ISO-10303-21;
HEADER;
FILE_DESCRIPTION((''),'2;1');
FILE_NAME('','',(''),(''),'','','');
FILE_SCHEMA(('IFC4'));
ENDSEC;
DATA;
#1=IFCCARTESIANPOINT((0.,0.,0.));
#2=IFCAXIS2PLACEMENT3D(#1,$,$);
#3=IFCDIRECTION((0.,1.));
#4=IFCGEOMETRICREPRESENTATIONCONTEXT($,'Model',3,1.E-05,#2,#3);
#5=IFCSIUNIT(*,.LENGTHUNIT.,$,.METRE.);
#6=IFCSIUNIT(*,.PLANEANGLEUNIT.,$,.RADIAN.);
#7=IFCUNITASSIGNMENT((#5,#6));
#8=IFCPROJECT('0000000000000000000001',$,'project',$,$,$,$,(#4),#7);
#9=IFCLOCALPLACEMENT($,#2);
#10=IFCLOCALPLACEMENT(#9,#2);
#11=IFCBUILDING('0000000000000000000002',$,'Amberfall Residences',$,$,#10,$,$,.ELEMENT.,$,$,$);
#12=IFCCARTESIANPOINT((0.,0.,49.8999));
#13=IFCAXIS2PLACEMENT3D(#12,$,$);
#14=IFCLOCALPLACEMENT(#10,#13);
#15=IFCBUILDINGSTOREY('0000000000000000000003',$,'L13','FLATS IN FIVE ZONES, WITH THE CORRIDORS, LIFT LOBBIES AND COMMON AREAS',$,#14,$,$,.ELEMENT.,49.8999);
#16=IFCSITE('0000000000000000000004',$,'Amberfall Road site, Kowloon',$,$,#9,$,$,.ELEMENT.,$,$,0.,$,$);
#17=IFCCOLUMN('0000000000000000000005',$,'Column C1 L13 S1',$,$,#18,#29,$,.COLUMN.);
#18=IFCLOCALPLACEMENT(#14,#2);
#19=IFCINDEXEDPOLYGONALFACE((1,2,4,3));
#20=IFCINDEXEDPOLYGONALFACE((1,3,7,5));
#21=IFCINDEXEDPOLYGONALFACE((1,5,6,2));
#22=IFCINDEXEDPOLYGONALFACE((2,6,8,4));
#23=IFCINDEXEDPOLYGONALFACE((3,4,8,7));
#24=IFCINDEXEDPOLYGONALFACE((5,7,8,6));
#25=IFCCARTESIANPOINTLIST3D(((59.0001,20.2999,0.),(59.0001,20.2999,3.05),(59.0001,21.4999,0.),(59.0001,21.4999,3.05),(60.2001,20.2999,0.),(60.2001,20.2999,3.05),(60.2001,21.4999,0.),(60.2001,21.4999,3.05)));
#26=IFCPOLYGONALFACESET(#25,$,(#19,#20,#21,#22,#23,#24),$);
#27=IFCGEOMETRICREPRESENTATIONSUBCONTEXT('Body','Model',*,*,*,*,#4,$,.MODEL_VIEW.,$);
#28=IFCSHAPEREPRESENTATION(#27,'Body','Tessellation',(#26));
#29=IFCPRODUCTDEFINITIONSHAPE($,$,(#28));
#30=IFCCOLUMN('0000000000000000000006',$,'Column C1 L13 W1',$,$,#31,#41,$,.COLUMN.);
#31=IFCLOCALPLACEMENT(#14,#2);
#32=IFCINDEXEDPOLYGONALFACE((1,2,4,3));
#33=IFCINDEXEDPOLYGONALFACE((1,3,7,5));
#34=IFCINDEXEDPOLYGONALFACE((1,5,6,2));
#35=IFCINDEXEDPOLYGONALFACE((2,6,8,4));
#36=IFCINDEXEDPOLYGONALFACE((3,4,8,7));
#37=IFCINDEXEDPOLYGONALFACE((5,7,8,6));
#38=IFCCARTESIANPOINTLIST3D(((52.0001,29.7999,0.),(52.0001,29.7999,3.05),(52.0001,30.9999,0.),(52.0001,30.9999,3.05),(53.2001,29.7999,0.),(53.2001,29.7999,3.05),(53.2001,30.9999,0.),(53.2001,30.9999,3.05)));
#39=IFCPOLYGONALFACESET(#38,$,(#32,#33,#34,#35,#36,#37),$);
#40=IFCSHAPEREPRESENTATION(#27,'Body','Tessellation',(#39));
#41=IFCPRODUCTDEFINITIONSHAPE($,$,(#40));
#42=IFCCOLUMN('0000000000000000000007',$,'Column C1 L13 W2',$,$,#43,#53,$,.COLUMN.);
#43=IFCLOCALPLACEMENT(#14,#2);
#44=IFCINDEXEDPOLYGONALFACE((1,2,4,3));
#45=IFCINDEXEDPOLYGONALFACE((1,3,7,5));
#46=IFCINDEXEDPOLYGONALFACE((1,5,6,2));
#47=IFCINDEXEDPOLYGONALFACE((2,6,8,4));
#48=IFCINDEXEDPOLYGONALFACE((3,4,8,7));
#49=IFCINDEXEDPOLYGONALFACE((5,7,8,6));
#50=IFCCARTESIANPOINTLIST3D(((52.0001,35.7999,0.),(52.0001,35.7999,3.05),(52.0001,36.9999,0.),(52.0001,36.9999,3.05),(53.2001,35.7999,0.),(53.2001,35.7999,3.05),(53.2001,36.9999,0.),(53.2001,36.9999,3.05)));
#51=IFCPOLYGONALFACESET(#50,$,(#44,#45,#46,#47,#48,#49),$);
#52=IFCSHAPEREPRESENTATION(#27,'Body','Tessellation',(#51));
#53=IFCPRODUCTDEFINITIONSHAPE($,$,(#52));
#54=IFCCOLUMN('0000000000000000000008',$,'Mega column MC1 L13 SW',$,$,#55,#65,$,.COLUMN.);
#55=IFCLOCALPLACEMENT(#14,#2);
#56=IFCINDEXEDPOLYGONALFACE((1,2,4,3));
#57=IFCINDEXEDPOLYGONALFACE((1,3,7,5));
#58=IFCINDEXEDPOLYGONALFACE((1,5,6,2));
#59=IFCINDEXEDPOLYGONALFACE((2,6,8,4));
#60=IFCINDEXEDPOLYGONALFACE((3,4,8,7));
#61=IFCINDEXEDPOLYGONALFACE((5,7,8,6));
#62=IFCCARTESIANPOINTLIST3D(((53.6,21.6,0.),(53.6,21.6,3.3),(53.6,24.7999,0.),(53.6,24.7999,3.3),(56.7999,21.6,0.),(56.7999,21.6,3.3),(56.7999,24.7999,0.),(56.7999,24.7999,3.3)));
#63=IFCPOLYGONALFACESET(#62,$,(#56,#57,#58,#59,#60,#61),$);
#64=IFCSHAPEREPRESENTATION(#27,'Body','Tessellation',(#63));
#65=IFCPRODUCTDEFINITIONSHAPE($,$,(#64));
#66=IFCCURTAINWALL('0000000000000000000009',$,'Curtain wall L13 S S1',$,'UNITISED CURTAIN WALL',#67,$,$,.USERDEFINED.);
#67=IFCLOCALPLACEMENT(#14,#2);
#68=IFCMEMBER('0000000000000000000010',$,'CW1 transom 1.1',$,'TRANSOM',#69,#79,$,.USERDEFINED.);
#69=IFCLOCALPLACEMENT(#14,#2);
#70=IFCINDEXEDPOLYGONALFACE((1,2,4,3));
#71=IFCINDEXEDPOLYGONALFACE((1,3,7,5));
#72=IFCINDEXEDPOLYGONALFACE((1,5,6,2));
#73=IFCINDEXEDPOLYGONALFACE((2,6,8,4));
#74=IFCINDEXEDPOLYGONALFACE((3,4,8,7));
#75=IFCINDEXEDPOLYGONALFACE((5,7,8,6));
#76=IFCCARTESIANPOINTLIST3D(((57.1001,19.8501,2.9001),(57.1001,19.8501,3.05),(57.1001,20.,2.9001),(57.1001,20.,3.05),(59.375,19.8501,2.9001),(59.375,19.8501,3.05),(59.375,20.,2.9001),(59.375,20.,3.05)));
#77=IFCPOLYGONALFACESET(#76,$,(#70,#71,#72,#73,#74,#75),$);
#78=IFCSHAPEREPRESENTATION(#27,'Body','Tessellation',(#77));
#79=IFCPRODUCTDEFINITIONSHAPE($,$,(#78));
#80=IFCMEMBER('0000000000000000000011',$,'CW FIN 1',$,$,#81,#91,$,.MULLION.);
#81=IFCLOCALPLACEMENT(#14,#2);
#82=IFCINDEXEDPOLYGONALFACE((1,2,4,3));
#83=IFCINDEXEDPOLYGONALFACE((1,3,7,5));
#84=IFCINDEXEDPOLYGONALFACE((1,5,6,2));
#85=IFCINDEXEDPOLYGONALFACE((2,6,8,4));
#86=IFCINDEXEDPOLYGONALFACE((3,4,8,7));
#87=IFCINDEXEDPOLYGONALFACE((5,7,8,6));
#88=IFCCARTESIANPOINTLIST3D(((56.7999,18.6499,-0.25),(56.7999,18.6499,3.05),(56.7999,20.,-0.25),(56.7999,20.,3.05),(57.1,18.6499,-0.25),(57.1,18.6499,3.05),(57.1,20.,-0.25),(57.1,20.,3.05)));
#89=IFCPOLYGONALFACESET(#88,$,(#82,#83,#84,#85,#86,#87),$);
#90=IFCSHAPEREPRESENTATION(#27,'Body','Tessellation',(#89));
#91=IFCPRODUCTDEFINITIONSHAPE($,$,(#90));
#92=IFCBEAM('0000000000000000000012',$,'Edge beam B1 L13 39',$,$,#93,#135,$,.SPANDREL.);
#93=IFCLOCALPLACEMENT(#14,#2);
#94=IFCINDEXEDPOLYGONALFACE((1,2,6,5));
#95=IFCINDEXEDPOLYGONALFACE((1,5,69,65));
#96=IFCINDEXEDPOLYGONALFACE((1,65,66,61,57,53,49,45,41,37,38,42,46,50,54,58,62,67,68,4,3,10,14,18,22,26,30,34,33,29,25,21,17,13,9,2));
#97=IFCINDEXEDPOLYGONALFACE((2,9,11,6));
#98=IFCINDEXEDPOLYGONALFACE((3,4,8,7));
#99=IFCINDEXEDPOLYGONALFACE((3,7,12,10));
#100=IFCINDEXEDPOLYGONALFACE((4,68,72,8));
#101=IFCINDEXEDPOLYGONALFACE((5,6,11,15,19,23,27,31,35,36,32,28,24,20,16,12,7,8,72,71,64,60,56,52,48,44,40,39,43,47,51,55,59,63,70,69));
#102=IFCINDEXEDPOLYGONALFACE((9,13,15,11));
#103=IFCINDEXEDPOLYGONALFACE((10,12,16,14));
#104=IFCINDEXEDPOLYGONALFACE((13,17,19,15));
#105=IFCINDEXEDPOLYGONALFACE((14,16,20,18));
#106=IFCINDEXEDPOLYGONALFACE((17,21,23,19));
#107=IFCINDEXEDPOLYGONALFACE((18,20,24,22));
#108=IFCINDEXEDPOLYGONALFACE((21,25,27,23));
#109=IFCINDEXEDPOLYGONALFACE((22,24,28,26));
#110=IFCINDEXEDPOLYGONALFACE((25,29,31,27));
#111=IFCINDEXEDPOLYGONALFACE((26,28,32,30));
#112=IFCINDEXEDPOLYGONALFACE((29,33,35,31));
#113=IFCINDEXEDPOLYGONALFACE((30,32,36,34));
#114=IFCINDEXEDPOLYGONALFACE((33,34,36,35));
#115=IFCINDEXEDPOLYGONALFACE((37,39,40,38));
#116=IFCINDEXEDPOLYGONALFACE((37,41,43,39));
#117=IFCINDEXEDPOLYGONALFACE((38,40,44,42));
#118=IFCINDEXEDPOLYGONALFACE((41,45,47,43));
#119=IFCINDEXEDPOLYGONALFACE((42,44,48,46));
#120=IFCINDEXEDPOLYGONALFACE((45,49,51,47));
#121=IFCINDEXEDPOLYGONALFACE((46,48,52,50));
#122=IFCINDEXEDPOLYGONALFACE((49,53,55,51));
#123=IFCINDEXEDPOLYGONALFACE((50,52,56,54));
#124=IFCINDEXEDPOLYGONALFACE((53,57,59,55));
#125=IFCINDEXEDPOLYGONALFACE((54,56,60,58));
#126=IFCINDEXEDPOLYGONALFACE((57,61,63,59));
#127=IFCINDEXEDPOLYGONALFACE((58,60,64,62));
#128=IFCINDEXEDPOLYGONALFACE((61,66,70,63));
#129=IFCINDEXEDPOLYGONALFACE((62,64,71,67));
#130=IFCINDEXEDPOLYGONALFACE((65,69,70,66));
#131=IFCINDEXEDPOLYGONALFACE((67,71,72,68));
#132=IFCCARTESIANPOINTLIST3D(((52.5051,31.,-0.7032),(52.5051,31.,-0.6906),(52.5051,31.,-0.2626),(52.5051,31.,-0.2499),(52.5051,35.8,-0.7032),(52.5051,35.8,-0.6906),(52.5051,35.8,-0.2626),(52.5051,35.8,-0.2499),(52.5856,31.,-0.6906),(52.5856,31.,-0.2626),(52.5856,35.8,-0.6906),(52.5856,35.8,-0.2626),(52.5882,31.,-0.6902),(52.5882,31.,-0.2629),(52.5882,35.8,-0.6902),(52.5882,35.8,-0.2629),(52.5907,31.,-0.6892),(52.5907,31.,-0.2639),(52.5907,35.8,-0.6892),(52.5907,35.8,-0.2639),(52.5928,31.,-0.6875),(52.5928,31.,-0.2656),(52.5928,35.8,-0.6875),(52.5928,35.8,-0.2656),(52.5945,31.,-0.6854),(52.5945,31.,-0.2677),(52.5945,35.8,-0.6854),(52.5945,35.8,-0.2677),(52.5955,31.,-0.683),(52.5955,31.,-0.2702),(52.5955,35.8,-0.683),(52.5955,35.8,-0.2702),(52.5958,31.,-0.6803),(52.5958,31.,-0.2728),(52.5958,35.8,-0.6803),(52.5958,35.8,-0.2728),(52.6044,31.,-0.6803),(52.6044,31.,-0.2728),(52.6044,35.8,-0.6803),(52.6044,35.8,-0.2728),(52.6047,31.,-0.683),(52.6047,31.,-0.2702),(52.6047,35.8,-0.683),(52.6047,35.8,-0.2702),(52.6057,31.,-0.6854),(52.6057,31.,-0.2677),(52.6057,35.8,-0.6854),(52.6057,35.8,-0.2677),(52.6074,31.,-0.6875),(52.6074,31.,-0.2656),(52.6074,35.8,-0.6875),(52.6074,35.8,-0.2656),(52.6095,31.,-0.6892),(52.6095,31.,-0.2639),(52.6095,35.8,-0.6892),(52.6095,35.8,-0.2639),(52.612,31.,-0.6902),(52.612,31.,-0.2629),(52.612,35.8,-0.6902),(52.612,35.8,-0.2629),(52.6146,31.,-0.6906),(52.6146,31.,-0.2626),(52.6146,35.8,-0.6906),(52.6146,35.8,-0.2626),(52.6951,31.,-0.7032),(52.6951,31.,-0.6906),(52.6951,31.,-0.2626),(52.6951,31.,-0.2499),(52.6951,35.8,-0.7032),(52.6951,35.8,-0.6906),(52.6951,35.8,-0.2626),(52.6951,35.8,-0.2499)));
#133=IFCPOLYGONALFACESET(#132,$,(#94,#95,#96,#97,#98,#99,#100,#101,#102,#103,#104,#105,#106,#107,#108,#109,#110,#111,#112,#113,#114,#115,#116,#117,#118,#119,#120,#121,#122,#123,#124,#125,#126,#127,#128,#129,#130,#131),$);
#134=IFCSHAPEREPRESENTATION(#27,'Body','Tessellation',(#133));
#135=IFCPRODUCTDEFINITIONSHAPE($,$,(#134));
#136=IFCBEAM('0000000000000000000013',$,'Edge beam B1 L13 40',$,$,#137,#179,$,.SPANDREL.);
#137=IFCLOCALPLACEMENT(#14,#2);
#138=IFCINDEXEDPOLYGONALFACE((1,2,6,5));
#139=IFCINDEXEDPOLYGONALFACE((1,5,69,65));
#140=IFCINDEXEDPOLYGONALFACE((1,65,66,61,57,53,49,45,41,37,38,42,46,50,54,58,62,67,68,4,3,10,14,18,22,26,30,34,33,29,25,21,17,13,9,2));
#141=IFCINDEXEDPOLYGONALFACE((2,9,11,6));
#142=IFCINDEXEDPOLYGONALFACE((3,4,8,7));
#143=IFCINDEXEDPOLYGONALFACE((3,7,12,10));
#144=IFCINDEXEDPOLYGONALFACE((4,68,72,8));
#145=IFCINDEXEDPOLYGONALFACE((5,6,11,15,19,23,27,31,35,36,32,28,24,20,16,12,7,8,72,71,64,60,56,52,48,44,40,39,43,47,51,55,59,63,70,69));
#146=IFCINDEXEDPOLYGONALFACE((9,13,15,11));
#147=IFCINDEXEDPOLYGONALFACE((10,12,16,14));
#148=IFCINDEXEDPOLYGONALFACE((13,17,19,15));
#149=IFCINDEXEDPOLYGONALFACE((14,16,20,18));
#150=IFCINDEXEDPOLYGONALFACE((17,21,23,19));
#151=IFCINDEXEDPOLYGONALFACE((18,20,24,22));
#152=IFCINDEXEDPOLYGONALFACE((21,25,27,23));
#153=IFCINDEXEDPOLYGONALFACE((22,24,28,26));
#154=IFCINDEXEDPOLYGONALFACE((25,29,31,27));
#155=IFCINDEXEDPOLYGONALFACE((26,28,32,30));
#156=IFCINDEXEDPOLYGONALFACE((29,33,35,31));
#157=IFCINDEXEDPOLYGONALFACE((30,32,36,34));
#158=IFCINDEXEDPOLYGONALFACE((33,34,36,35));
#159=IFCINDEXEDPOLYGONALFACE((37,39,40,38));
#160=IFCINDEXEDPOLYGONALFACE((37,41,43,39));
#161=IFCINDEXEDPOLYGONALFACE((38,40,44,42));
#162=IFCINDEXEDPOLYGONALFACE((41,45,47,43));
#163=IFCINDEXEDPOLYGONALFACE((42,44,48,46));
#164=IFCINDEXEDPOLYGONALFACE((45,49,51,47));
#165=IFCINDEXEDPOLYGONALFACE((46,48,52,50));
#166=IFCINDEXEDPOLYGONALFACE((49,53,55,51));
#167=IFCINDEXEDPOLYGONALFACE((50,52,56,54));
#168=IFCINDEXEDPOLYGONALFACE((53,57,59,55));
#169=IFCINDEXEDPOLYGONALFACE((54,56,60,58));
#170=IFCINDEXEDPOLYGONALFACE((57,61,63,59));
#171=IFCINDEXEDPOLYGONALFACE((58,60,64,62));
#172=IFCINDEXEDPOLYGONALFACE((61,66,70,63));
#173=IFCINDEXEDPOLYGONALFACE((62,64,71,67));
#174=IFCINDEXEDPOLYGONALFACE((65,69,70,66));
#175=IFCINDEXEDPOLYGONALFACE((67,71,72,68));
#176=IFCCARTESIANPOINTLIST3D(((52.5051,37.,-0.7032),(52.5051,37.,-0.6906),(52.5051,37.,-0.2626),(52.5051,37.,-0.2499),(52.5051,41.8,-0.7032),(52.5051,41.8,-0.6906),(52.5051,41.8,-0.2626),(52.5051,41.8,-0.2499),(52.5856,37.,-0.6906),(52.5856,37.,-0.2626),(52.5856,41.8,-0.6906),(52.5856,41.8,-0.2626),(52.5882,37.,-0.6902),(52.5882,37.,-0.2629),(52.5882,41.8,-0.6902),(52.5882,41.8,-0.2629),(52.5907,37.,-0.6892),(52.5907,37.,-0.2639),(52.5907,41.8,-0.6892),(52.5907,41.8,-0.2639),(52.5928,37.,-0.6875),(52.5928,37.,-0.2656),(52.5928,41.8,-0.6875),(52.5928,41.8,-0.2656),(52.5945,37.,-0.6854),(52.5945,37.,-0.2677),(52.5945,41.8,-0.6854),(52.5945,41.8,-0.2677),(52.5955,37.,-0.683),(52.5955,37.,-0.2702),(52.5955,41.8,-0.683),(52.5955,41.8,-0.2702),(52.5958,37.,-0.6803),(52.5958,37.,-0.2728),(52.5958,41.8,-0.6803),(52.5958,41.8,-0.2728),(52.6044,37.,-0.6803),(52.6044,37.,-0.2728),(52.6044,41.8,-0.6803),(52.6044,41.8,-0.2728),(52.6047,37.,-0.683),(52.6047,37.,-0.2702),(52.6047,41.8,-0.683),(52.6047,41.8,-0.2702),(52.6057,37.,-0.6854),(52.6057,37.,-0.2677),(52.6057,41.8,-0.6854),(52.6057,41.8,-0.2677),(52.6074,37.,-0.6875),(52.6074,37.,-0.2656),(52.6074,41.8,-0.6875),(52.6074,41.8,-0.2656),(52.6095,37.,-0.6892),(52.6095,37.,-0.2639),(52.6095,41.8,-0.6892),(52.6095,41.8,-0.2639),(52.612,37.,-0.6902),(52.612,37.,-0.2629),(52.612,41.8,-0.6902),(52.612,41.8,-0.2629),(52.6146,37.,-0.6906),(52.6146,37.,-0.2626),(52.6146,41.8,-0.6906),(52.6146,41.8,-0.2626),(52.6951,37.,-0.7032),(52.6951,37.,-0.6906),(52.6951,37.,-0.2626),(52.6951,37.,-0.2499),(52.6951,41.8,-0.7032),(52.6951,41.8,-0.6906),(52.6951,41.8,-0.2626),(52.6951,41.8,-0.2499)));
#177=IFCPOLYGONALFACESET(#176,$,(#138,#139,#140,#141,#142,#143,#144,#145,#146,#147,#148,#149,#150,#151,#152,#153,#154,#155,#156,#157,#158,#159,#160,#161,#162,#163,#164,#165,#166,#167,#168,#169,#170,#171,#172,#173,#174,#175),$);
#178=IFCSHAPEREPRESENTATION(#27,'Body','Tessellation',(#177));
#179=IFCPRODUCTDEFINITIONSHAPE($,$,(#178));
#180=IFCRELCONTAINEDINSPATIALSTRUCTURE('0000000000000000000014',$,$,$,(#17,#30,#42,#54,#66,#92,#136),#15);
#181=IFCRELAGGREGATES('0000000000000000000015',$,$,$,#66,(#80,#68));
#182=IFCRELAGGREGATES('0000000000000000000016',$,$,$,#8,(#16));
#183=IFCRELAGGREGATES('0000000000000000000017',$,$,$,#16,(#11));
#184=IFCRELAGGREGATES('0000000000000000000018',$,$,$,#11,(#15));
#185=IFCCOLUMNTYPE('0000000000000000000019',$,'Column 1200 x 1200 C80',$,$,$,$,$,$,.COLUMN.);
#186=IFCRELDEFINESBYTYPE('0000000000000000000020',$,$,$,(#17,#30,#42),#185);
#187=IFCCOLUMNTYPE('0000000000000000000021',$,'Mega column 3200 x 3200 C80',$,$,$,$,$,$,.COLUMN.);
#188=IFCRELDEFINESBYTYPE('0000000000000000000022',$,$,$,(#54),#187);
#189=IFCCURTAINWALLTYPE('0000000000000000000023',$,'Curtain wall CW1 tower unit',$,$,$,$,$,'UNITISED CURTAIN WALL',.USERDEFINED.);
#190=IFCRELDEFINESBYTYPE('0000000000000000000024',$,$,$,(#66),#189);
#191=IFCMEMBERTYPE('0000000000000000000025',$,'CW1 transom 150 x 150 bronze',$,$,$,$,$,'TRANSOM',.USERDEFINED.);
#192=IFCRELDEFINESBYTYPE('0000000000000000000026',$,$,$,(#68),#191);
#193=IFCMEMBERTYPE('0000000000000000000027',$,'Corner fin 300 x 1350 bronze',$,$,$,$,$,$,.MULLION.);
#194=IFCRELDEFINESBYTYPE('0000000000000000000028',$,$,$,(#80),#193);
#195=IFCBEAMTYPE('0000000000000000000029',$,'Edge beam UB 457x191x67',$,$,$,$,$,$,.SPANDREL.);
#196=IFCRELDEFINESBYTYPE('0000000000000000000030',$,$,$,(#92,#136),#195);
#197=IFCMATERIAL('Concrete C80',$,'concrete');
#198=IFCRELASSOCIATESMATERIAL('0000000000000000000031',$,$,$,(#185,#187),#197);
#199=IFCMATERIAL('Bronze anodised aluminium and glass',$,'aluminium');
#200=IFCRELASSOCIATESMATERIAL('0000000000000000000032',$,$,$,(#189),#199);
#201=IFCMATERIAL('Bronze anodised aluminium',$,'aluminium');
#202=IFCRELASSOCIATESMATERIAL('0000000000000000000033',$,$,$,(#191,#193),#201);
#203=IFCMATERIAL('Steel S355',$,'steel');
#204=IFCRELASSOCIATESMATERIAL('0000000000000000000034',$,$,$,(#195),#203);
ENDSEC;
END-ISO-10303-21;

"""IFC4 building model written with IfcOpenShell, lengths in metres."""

from ifc_helpers import new_model, si_unit, direction, frame, origin, origin_2d, place, context, subcontext, project, spatial, rectangle, i_section, extrude, material, material_profile, profile_set, type_object, element, aggregate, save


model = new_model("IFC4")

# Units and contexts
model_context = context("Model", 3, precision=1e-05, world=origin(), true_north=direction((0.0, 1.0)))
body_context = subcontext(model_context, "Body", "Model", "MODEL_VIEW")
ifc_project = project(units=[si_unit("LENGTHUNIT", "METRE"), si_unit("PLANEANGLEUNIT", "RADIAN")], contexts=[model_context])

# Site, building, storey
site_placement = place(None, origin())
site = spatial("IfcSite", under=ifc_project, at=site_placement, Name="Amberfall Road site, Kowloon", CompositionType="ELEMENT", RefElevation=0.0)
building_placement = place(site_placement, origin())
building = spatial("IfcBuilding", under=site, at=building_placement, Name="Amberfall Residences", CompositionType="ELEMENT")
storey_placement = place(building_placement, frame((0.0, 0.0, 49.8999)))
storey = spatial("IfcBuildingStorey", under=building, at=storey_placement, Name="L13", Description="FLATS IN FIVE ZONES, WITH THE CORRIDORS, LIFT LOBBIES AND COMMON AREAS", CompositionType="ELEMENT", Elevation=49.8999)

# Columns
ifc_material_1 = material(Name="Concrete C80", Category="concrete")
ifc_material_profile_1 = material_profile(ifc_material_1, rectangle(XDim=1.2, YDim=1.2, at=origin_2d()), Name="Column 1200 x 1200 C80")
ifc_profile_set_1 = profile_set([ifc_material_profile_1], Name="Concrete C80")
column_type_1 = type_object("IfcColumnType", Name="Column 1200 x 1200 C80", PredefinedType="COLUMN", material=ifc_profile_set_1)
for number, where, z_axis, x_axis, name in (
    (1, (59.6001, 20.8999, 0.0), (0.0, 0.0, 1.0), (1.0, 0.0, 0.0), "Column C1 L13 S1"),
    (2, (52.6001, 30.3999, 0.0), (0.0, 0.0, 1.0), (1.0, 0.0, 0.0), "Column C1 L13 W1"),
    (3, (52.6001, 36.3999, 0.0), (0.0, 0.0, 1.0), (1.0, 0.0, 0.0), "Column C1 L13 W2"),
):
    element("IfcColumn", number, at=place(storey_placement, frame(where, z_axis=z_axis, x_axis=x_axis)), inside=storey, type_object=column_type_1, Name=name, PredefinedType="COLUMN", context=body_context, shape_type="SweptSolid", body=[
        extrude(rectangle(XDim=1.2, YDim=1.2, at=origin_2d()), origin(), (0.0, 0.0, 1.0), 3.05),
    ])
ifc_material_profile_2 = material_profile(ifc_material_1, rectangle(XDim=3.2, YDim=3.2, at=origin_2d()), Name="Mega column 3200 x 3200 C80")
ifc_profile_set_2 = profile_set([ifc_material_profile_2], Name="Concrete C80")
column_type_2 = type_object("IfcColumnType", Name="Mega column 3200 x 3200 C80", PredefinedType="COLUMN", material=ifc_profile_set_2)
column_placement = place(storey_placement, frame((55.2, 23.2, 0.0), z_axis=(0.0, 0.0, 1.0), x_axis=(1.0, 0.0, 0.0)))
element("IfcColumn", 4, at=column_placement, inside=storey, type_object=column_type_2, Name="Mega column MC1 L13 SW", PredefinedType="COLUMN", context=body_context, shape_type="SweptSolid", body=[
    extrude(rectangle(XDim=3.2, YDim=3.2, at=origin_2d()), origin(), (0.0, 0.0, 1.0), 3.3),
])

# Curtain wall, members
ifc_material_2 = material(Name="Bronze anodised aluminium and glass", Category="aluminium")
curtain_wall_type = type_object("IfcCurtainWallType", Name="Curtain wall CW1 tower unit", ElementType="UNITISED CURTAIN WALL", PredefinedType="USERDEFINED", material=ifc_material_2)
curtain_wall_placement = place(storey_placement, origin())
curtain_wall = element("IfcCurtainWall", 5, at=curtain_wall_placement, inside=storey, type_object=curtain_wall_type, Name="Curtain wall L13 S S1", ObjectType="UNITISED CURTAIN WALL", PredefinedType="USERDEFINED")
ifc_material_3 = material(Name="Bronze anodised aluminium", Category="aluminium")
ifc_material_profile_3 = material_profile(ifc_material_3, rectangle(XDim=0.1499, YDim=0.1499, at=origin_2d()), Name="CW1 transom 150 x 150 bronze")
ifc_profile_set_3 = profile_set([ifc_material_profile_3], Name="Bronze anodised aluminium")
member_type_1 = type_object("IfcMemberType", Name="CW1 transom 150 x 150 bronze", ElementType="TRANSOM", PredefinedType="USERDEFINED", material=ifc_profile_set_3)
member_1_placement = place(storey_placement, frame((57.1001, 19.925, 2.9751), z_axis=(1.0, 0.0, 0.0), x_axis=(0.0, 1.0, 0.0)))
member_1 = element("IfcMember", 6, at=member_1_placement, type_object=member_type_1, Name="CW1 transom 1.1", ObjectType="TRANSOM", PredefinedType="USERDEFINED", context=body_context, shape_type="SweptSolid", body=[
    extrude(rectangle(XDim=0.1499, YDim=0.1499, at=origin_2d()), origin(), (0.0, 0.0, 1.0), 2.2749),
])
ifc_material_profile_4 = material_profile(ifc_material_3, rectangle(XDim=1.3501, YDim=0.3, at=origin_2d()), Name="Corner fin 300 x 1350 bronze")
ifc_profile_set_4 = profile_set([ifc_material_profile_4], Name="Bronze anodised aluminium")
member_type_2 = type_object("IfcMemberType", Name="Corner fin 300 x 1350 bronze", PredefinedType="MULLION", material=ifc_profile_set_4)
member_2_placement = place(storey_placement, frame((56.95, 19.325, -0.25), z_axis=(0.0, 0.0, 1.0), x_axis=(0.0, 1.0, 0.0)))
member_2 = element("IfcMember", 7, at=member_2_placement, type_object=member_type_2, Name="CW FIN 1", PredefinedType="MULLION", context=body_context, shape_type="SweptSolid", body=[
    extrude(rectangle(XDim=1.3501, YDim=0.3, at=origin_2d()), origin(), (0.0, 0.0, 1.0), 3.3),
])

# Beams
ifc_material_4 = material(Name="Steel S355", Category="steel")
ifc_material_profile_5 = material_profile(ifc_material_4, i_section(OverallWidth=0.1899, OverallDepth=0.4534, WebThickness=0.0085, FlangeThickness=0.0127, FilletRadius=0.0103, at=origin_2d()), Name="UB 457x191x67")
ifc_profile_set_5 = profile_set([ifc_material_profile_5], Name="Steel S355")
beam_type_1 = type_object("IfcBeamType", Name="Edge beam UB 457x191x67", PredefinedType="SPANDREL", material=ifc_profile_set_5)
for number, where, z_axis, x_axis, name in (
    (8, (52.6001, 31.0, -0.4766), (0.0, 1.0, 0.0), (-1.0, 0.0, 0.0), "Edge beam B1 L13 39"),
    (9, (52.6001, 37.0, -0.4766), (0.0, 1.0, 0.0), (-1.0, 0.0, 0.0), "Edge beam B1 L13 40"),
):
    element("IfcBeam", number, at=place(storey_placement, frame(where, z_axis=z_axis, x_axis=x_axis)), inside=storey, type_object=beam_type_1, Name=name, PredefinedType="SPANDREL", context=body_context, shape_type="SweptSolid", body=[
        extrude(i_section(OverallWidth=0.1899, OverallDepth=0.4534, WebThickness=0.0085, FlangeThickness=0.0127, FilletRadius=0.0103, at=origin_2d()), origin(), (0.0, 0.0, 1.0), 4.8),
    ])

aggregate(curtain_wall, [member_2, member_1])

save(model, "model.ifc")
